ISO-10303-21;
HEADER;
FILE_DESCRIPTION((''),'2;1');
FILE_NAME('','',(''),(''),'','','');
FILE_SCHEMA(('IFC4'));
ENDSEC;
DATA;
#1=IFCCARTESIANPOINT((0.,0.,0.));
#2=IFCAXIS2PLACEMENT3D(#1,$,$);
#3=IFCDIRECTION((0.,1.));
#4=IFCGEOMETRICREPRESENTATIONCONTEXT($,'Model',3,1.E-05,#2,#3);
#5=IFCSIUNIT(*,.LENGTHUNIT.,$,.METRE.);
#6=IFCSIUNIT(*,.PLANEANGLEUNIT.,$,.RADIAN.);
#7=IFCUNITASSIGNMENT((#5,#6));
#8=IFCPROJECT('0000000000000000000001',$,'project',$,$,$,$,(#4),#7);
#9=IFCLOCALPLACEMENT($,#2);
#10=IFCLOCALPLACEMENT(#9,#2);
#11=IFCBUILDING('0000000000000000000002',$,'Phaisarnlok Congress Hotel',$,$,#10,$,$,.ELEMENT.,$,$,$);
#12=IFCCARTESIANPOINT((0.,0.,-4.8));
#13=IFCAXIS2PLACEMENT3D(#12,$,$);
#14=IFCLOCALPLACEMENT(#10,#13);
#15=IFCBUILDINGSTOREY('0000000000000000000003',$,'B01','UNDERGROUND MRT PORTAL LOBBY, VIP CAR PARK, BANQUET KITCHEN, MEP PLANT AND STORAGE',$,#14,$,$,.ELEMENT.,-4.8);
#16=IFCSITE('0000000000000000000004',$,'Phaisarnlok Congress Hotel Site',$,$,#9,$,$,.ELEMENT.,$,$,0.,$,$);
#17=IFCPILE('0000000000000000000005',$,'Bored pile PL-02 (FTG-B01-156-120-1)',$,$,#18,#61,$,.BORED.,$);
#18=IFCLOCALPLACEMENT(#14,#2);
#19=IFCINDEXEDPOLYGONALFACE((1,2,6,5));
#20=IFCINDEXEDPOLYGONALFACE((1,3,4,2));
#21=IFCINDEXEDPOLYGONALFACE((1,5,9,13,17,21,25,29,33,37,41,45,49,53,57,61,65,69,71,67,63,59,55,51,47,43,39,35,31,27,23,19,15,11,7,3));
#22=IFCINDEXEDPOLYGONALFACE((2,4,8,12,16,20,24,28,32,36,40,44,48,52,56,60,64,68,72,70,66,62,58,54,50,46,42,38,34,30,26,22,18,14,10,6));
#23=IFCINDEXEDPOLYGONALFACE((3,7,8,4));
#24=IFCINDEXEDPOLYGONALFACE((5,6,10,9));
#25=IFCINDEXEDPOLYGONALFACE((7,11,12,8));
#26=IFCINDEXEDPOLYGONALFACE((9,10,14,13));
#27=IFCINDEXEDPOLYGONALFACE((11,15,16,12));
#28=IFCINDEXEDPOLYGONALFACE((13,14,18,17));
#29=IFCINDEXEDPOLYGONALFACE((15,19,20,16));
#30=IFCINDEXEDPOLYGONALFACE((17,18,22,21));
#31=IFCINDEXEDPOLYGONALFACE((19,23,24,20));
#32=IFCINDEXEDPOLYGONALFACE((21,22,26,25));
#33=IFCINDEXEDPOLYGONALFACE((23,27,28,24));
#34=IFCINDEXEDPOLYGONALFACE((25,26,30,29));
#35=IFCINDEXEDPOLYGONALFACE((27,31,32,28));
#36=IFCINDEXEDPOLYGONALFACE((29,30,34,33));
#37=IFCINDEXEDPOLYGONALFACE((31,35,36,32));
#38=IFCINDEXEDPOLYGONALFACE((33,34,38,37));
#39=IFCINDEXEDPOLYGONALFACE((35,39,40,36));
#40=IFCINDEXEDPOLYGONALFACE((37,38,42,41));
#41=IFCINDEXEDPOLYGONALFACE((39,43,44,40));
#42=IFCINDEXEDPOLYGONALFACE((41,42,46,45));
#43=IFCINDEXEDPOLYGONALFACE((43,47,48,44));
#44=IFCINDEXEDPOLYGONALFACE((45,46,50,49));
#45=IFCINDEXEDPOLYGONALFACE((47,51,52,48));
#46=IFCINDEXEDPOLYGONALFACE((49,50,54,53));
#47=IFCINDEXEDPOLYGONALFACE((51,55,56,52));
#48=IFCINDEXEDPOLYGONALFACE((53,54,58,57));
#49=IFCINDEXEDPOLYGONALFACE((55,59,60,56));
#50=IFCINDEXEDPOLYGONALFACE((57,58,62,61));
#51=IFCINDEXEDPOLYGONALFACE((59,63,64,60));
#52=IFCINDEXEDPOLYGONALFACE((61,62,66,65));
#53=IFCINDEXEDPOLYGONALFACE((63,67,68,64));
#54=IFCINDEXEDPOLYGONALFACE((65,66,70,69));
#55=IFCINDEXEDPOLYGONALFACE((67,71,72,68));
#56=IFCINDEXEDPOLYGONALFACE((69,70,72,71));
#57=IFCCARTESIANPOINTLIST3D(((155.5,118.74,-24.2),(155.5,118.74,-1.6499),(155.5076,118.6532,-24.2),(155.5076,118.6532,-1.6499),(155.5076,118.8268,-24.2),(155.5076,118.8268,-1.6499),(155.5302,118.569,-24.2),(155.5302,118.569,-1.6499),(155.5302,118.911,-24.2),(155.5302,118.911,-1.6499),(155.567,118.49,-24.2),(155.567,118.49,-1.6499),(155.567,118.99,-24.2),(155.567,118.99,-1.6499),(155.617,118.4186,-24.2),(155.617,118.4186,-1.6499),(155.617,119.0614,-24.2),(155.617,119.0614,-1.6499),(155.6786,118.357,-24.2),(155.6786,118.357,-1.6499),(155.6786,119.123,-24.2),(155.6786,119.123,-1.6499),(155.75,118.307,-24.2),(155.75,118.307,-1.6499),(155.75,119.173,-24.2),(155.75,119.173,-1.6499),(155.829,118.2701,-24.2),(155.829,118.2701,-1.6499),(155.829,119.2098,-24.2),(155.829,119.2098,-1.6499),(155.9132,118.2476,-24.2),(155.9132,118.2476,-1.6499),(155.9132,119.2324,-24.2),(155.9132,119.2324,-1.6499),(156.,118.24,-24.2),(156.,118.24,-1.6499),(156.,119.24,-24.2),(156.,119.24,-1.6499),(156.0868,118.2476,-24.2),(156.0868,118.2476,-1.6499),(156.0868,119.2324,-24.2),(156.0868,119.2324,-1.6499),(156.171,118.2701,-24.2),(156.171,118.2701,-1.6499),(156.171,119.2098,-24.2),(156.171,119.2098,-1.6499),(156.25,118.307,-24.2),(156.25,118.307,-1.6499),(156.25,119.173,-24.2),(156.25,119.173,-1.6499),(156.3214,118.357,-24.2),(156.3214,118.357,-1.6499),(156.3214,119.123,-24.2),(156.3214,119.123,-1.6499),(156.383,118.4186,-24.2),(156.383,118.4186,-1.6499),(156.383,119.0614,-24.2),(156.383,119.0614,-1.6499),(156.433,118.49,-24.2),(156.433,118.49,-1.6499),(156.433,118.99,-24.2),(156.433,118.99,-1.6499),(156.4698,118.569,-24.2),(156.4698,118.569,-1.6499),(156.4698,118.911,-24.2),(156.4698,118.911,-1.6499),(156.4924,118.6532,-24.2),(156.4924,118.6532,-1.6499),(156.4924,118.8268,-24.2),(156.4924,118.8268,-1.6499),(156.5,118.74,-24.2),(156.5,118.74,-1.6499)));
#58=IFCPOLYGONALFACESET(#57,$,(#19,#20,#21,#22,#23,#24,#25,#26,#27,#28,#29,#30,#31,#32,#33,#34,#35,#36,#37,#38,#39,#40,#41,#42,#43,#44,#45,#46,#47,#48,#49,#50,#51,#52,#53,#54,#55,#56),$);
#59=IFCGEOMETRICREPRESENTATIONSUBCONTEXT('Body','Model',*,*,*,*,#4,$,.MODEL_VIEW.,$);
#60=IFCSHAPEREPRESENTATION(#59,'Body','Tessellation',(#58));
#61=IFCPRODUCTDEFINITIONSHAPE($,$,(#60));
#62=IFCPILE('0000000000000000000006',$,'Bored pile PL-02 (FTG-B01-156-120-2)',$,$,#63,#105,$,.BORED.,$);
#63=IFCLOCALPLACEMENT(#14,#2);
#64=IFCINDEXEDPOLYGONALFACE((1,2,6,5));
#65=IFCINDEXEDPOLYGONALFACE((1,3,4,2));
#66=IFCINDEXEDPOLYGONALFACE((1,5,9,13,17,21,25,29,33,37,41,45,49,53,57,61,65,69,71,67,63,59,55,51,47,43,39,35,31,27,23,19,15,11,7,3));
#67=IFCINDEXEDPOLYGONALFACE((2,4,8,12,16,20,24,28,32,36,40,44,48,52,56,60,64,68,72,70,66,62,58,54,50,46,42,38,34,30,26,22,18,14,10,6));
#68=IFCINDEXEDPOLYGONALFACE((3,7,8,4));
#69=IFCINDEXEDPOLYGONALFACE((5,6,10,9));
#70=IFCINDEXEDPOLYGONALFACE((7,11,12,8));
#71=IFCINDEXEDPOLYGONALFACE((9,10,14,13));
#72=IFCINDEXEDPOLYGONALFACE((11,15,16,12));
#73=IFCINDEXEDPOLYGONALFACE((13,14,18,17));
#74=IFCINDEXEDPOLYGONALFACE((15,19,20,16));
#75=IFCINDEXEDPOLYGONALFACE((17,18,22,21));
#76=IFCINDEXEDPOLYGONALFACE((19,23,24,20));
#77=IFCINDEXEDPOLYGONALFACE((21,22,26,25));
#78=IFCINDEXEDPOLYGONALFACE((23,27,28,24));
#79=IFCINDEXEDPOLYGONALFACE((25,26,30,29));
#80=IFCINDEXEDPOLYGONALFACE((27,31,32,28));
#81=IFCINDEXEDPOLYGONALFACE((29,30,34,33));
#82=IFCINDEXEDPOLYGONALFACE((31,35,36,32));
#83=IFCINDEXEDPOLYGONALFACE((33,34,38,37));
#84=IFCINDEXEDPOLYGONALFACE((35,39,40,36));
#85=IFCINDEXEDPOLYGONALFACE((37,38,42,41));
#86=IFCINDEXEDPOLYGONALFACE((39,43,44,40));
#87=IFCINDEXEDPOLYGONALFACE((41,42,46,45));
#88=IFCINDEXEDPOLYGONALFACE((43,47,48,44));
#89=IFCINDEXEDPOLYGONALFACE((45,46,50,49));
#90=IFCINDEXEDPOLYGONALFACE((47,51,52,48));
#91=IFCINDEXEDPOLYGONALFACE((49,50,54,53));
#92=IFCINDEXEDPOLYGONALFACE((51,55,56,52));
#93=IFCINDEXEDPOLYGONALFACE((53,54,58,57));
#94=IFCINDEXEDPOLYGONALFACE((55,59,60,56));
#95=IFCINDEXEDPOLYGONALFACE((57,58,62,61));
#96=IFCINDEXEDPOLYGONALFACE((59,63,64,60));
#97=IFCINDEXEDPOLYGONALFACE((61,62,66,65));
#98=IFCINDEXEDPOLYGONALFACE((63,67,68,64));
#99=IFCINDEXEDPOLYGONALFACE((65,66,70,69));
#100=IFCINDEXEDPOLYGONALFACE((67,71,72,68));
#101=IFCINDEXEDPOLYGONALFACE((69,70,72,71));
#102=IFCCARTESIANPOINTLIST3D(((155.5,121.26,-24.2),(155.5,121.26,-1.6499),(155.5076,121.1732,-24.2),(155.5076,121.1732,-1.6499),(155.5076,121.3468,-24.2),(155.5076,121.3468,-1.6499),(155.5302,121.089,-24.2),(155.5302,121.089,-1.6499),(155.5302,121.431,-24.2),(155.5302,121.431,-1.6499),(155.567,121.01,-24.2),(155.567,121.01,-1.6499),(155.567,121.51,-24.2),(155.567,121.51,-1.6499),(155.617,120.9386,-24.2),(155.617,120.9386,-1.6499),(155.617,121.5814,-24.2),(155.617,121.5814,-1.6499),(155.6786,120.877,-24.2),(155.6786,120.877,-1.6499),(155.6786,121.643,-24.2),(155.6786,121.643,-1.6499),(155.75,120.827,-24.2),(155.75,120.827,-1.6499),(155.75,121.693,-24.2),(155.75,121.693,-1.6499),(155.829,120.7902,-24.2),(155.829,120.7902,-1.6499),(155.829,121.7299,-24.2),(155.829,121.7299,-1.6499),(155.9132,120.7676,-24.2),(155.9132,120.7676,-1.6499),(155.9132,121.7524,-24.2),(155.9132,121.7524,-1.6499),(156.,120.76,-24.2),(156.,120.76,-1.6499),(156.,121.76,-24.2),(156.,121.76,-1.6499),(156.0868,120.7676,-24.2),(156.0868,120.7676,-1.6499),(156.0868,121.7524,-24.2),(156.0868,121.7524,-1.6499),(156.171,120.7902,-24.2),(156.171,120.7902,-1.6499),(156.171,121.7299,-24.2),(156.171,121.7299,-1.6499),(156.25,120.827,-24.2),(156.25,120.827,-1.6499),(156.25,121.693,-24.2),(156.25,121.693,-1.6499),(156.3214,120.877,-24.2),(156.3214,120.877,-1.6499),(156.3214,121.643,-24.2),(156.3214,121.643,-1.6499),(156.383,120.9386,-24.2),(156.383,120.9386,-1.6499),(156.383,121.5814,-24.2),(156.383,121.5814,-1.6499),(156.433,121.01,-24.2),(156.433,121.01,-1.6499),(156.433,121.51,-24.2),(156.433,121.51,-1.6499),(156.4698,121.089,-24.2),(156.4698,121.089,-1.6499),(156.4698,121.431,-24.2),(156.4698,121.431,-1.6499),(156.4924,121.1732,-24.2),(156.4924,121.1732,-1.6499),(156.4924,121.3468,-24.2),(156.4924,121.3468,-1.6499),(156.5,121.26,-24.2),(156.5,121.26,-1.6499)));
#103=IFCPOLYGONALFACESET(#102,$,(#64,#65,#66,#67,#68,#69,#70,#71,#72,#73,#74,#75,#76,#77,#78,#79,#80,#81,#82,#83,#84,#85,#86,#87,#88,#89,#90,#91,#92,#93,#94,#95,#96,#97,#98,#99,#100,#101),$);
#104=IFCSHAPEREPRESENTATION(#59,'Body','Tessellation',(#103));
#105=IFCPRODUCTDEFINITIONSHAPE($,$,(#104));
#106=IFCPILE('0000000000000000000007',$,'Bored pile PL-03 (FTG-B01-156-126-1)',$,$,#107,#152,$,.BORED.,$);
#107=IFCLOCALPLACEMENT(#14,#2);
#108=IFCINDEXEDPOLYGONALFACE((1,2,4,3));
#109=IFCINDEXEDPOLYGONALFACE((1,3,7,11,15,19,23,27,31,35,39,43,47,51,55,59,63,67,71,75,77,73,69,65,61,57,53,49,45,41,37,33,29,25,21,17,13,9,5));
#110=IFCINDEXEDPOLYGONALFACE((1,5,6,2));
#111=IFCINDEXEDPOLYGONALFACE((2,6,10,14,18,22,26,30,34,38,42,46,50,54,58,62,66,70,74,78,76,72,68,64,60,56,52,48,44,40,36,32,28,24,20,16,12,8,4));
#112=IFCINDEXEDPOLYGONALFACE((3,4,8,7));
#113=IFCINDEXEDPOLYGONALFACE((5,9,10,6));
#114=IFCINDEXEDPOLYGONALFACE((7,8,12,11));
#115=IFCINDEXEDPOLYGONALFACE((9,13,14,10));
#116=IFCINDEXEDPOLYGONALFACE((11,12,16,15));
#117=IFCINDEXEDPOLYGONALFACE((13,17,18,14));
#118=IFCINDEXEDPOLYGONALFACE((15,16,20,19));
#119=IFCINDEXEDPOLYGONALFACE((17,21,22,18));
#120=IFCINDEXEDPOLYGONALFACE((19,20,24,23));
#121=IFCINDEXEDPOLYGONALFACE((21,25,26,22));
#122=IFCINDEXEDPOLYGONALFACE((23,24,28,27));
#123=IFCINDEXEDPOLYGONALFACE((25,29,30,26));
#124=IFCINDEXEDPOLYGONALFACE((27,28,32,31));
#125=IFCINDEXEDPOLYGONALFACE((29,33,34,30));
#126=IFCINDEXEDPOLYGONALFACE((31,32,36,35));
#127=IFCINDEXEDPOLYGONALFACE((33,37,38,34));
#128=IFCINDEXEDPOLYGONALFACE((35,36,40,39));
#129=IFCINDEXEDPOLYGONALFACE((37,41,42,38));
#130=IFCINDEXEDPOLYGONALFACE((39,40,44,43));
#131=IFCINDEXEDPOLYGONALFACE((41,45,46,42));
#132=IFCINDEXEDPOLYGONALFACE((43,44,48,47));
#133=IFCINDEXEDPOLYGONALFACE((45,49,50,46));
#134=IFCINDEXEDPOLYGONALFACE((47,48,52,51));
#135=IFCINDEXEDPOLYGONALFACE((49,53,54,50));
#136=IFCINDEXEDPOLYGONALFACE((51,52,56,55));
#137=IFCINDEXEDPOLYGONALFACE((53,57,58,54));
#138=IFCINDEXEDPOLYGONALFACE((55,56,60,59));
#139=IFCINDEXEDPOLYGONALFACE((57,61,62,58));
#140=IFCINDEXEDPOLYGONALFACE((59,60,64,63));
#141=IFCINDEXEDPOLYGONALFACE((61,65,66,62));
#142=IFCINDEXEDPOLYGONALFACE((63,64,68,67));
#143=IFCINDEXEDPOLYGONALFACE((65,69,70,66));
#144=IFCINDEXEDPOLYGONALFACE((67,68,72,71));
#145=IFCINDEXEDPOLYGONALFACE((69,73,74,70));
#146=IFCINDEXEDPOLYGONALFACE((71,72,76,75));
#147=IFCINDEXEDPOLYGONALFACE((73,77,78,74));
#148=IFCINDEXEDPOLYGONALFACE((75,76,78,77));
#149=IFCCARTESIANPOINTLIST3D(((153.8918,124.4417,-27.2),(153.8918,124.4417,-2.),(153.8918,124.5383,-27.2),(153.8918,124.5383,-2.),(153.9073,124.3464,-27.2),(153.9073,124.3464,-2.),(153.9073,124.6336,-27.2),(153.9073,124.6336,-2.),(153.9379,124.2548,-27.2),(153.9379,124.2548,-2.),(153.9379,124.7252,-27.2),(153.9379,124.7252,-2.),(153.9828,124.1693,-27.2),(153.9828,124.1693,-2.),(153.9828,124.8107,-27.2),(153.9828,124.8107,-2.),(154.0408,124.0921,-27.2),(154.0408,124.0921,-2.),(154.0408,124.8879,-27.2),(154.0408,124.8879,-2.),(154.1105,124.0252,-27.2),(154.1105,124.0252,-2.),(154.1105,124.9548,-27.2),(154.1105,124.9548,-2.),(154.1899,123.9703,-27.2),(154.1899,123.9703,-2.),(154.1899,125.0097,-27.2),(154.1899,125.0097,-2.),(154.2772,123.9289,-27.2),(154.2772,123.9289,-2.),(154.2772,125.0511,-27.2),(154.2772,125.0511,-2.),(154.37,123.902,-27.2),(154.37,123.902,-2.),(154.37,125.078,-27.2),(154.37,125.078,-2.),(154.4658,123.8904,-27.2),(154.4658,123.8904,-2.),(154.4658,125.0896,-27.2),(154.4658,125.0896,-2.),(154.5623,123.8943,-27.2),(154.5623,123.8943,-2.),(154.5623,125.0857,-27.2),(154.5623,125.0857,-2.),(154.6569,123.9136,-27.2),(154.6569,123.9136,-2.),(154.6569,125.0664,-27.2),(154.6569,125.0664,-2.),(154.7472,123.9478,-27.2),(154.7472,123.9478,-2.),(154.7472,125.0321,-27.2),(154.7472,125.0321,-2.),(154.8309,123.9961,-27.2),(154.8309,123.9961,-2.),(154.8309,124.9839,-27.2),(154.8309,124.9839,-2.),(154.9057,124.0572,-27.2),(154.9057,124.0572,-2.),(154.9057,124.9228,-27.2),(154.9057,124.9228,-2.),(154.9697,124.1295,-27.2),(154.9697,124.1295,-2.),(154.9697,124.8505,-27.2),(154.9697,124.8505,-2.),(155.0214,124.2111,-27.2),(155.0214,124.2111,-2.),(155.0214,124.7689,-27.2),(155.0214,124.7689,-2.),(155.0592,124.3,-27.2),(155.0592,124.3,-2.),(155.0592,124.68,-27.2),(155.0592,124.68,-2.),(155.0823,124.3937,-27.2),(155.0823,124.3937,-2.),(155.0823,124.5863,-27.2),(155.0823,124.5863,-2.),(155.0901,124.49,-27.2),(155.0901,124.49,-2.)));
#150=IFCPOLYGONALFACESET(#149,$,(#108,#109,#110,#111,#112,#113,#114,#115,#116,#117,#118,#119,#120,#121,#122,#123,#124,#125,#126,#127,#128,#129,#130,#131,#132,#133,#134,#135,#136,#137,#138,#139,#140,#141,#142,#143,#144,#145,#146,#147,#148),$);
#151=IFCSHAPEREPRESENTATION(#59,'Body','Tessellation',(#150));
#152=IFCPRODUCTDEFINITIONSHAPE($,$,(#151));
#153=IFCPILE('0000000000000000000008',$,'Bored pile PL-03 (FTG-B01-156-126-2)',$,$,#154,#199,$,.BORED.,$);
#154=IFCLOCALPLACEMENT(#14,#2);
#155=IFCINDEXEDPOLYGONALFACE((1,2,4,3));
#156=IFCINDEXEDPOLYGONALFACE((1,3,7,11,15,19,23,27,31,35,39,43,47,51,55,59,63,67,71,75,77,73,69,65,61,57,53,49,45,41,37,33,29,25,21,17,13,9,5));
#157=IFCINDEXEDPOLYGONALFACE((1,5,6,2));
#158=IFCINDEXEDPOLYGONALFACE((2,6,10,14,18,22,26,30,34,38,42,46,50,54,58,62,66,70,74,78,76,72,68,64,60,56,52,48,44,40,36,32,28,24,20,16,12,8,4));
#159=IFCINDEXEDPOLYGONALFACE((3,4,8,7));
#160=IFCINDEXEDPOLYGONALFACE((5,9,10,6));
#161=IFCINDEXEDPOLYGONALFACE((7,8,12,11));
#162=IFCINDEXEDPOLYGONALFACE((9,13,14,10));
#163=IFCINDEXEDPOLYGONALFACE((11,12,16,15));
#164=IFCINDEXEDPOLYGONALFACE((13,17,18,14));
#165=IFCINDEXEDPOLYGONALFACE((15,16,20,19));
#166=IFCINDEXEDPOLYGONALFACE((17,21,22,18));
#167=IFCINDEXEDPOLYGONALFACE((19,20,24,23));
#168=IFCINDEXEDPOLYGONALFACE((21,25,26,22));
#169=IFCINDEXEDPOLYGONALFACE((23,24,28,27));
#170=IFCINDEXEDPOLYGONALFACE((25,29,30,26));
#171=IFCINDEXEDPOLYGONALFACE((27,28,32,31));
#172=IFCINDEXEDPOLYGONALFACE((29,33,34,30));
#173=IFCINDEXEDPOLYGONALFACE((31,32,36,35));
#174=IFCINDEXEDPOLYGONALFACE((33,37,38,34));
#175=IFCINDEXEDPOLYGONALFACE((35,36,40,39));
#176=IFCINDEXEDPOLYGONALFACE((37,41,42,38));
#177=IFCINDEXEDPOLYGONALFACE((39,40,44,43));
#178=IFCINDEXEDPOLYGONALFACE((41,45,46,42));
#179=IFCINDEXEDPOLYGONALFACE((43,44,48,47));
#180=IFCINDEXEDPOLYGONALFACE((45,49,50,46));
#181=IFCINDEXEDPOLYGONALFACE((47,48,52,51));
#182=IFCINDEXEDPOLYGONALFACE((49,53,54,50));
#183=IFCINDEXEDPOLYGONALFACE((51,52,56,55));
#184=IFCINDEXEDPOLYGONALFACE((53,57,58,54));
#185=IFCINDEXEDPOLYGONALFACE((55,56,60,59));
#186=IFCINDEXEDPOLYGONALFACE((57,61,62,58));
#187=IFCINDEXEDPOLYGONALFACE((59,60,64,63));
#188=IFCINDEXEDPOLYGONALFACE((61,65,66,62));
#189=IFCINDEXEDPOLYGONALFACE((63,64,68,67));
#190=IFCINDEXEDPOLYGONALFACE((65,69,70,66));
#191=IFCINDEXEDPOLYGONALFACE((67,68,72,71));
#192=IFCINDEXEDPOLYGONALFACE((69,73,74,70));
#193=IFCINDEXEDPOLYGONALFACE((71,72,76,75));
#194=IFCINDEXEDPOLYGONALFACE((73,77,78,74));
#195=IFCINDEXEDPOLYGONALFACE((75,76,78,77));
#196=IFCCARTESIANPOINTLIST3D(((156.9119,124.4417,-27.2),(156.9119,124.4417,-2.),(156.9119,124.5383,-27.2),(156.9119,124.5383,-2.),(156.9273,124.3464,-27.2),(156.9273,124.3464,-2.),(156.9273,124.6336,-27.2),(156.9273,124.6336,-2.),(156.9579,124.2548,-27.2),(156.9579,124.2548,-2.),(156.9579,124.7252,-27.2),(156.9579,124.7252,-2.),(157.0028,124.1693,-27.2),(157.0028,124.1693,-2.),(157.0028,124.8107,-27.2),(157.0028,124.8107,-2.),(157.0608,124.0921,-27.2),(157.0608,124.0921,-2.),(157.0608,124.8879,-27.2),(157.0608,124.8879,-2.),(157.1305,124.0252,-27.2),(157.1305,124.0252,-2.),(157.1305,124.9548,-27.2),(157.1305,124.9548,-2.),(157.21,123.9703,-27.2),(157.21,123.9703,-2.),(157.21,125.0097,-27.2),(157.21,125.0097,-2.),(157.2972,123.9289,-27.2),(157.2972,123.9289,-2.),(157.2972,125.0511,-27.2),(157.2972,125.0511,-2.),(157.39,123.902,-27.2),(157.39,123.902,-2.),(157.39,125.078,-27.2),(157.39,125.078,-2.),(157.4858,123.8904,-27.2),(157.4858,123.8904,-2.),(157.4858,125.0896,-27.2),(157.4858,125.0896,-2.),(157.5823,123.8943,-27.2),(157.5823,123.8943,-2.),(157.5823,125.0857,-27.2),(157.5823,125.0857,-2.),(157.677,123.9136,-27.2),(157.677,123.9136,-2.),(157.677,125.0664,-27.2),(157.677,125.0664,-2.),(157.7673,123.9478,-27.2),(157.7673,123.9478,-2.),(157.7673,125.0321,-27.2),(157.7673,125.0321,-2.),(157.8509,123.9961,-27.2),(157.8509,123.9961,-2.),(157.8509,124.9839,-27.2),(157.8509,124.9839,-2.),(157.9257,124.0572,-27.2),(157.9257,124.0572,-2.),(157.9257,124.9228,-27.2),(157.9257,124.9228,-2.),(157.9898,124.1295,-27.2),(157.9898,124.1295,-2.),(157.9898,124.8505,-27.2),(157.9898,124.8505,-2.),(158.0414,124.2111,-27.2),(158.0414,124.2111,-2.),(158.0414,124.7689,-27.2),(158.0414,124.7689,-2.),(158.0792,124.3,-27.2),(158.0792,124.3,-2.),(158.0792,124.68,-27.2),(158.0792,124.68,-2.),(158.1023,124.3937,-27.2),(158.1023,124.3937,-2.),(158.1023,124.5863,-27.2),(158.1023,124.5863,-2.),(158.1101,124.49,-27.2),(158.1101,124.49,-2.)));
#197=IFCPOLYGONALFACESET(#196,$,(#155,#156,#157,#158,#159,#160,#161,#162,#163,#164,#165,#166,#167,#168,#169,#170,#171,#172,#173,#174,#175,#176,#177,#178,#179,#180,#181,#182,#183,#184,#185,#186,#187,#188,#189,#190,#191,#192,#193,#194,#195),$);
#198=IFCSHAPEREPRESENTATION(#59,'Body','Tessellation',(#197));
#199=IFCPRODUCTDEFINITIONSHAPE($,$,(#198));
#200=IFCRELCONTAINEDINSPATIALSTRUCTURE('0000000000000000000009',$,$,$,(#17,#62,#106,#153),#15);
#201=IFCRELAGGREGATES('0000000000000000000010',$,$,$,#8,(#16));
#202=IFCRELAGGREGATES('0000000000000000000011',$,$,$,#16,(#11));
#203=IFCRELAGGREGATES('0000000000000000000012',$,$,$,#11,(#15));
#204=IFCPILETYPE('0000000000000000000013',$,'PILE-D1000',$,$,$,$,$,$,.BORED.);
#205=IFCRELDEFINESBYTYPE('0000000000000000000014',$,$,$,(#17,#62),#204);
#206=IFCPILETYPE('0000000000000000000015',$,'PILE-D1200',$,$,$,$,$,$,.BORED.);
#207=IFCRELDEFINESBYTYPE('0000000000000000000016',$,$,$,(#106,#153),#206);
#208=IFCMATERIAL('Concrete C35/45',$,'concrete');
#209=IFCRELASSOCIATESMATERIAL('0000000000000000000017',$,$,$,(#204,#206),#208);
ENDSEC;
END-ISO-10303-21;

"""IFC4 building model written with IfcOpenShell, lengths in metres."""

from ifc_helpers import new_model, si_unit, direction, frame, origin, origin_2d, place, context, subcontext, project, spatial, circle, extrude, material, material_profile, profile_set, type_object, element, save


model = new_model("IFC4")

# Units and contexts
model_context = context("Model", 3, precision=1e-05, world=origin(), true_north=direction((0.0, 1.0)))
body_context = subcontext(model_context, "Body", "Model", "MODEL_VIEW")
ifc_project = project(units=[si_unit("LENGTHUNIT", "METRE"), si_unit("PLANEANGLEUNIT", "RADIAN")], contexts=[model_context])

# Site, building, storey
site_placement = place(None, origin())
site = spatial("IfcSite", under=ifc_project, at=site_placement, Name="Phaisarnlok Congress Hotel Site", CompositionType="ELEMENT", RefElevation=0.0)
building_placement = place(site_placement, origin())
building = spatial("IfcBuilding", under=site, at=building_placement, Name="Phaisarnlok Congress Hotel", CompositionType="ELEMENT")
storey_placement = place(building_placement, frame((0.0, 0.0, -4.8)))
storey = spatial("IfcBuildingStorey", under=building, at=storey_placement, Name="B01", Description="UNDERGROUND MRT PORTAL LOBBY, VIP CAR PARK, BANQUET KITCHEN, MEP PLANT AND STORAGE", CompositionType="ELEMENT", Elevation=-4.8)

# Piles
ifc_material_1 = material(Name="Concrete C35/45", Category="concrete")
ifc_material_profile_1 = material_profile(ifc_material_1, circle(Radius=0.5, at=origin_2d()), Name="BORED PILE D1000")
ifc_profile_set_1 = profile_set([ifc_material_profile_1], Name="Concrete C35/45")
pile_type_1 = type_object("IfcPileType", Name="PILE-D1000", PredefinedType="BORED", material=ifc_profile_set_1)
for number, where, z_axis, x_axis, name in (
    (1, (156.0, 118.74, -1.6499), (0.0, 0.0, -1.0), (1.0, 0.0, 0.0), "Bored pile PL-02 (FTG-B01-156-120-1)"),
    (2, (156.0, 121.26, -1.6499), (0.0, 0.0, -1.0), (1.0, 0.0, 0.0), "Bored pile PL-02 (FTG-B01-156-120-2)"),
):
    element("IfcPile", number, at=place(storey_placement, frame(where, z_axis=z_axis, x_axis=x_axis)), inside=storey, type_object=pile_type_1, Name=name, PredefinedType="BORED", context=body_context, shape_type="SweptSolid", body=[
        extrude(circle(Radius=0.5, at=origin_2d()), origin(), (0.0, 0.0, 1.0), 22.55),
    ])
ifc_material_profile_2 = material_profile(ifc_material_1, circle(Radius=0.6001, at=origin_2d()), Name="BORED PILE D1200")
ifc_profile_set_2 = profile_set([ifc_material_profile_2], Name="Concrete C35/45")
pile_type_2 = type_object("IfcPileType", Name="PILE-D1200", PredefinedType="BORED", material=ifc_profile_set_2)
for number, where, z_axis, x_axis, name in (
    (3, (154.49, 124.49, -2.0), (0.0, 0.0, -1.0), (1.0, 0.0, 0.0), "Bored pile PL-03 (FTG-B01-156-126-1)"),
    (4, (157.51, 124.49, -2.0), (0.0, 0.0, -1.0), (1.0, 0.0, 0.0), "Bored pile PL-03 (FTG-B01-156-126-2)"),
):
    element("IfcPile", number, at=place(storey_placement, frame(where, z_axis=z_axis, x_axis=x_axis)), inside=storey, type_object=pile_type_2, Name=name, PredefinedType="BORED", context=body_context, shape_type="SweptSolid", body=[
        extrude(circle(Radius=0.6001, at=origin_2d()), origin(), (0.0, 0.0, 1.0), 25.2),
    ])

save(model, "model.ifc")
